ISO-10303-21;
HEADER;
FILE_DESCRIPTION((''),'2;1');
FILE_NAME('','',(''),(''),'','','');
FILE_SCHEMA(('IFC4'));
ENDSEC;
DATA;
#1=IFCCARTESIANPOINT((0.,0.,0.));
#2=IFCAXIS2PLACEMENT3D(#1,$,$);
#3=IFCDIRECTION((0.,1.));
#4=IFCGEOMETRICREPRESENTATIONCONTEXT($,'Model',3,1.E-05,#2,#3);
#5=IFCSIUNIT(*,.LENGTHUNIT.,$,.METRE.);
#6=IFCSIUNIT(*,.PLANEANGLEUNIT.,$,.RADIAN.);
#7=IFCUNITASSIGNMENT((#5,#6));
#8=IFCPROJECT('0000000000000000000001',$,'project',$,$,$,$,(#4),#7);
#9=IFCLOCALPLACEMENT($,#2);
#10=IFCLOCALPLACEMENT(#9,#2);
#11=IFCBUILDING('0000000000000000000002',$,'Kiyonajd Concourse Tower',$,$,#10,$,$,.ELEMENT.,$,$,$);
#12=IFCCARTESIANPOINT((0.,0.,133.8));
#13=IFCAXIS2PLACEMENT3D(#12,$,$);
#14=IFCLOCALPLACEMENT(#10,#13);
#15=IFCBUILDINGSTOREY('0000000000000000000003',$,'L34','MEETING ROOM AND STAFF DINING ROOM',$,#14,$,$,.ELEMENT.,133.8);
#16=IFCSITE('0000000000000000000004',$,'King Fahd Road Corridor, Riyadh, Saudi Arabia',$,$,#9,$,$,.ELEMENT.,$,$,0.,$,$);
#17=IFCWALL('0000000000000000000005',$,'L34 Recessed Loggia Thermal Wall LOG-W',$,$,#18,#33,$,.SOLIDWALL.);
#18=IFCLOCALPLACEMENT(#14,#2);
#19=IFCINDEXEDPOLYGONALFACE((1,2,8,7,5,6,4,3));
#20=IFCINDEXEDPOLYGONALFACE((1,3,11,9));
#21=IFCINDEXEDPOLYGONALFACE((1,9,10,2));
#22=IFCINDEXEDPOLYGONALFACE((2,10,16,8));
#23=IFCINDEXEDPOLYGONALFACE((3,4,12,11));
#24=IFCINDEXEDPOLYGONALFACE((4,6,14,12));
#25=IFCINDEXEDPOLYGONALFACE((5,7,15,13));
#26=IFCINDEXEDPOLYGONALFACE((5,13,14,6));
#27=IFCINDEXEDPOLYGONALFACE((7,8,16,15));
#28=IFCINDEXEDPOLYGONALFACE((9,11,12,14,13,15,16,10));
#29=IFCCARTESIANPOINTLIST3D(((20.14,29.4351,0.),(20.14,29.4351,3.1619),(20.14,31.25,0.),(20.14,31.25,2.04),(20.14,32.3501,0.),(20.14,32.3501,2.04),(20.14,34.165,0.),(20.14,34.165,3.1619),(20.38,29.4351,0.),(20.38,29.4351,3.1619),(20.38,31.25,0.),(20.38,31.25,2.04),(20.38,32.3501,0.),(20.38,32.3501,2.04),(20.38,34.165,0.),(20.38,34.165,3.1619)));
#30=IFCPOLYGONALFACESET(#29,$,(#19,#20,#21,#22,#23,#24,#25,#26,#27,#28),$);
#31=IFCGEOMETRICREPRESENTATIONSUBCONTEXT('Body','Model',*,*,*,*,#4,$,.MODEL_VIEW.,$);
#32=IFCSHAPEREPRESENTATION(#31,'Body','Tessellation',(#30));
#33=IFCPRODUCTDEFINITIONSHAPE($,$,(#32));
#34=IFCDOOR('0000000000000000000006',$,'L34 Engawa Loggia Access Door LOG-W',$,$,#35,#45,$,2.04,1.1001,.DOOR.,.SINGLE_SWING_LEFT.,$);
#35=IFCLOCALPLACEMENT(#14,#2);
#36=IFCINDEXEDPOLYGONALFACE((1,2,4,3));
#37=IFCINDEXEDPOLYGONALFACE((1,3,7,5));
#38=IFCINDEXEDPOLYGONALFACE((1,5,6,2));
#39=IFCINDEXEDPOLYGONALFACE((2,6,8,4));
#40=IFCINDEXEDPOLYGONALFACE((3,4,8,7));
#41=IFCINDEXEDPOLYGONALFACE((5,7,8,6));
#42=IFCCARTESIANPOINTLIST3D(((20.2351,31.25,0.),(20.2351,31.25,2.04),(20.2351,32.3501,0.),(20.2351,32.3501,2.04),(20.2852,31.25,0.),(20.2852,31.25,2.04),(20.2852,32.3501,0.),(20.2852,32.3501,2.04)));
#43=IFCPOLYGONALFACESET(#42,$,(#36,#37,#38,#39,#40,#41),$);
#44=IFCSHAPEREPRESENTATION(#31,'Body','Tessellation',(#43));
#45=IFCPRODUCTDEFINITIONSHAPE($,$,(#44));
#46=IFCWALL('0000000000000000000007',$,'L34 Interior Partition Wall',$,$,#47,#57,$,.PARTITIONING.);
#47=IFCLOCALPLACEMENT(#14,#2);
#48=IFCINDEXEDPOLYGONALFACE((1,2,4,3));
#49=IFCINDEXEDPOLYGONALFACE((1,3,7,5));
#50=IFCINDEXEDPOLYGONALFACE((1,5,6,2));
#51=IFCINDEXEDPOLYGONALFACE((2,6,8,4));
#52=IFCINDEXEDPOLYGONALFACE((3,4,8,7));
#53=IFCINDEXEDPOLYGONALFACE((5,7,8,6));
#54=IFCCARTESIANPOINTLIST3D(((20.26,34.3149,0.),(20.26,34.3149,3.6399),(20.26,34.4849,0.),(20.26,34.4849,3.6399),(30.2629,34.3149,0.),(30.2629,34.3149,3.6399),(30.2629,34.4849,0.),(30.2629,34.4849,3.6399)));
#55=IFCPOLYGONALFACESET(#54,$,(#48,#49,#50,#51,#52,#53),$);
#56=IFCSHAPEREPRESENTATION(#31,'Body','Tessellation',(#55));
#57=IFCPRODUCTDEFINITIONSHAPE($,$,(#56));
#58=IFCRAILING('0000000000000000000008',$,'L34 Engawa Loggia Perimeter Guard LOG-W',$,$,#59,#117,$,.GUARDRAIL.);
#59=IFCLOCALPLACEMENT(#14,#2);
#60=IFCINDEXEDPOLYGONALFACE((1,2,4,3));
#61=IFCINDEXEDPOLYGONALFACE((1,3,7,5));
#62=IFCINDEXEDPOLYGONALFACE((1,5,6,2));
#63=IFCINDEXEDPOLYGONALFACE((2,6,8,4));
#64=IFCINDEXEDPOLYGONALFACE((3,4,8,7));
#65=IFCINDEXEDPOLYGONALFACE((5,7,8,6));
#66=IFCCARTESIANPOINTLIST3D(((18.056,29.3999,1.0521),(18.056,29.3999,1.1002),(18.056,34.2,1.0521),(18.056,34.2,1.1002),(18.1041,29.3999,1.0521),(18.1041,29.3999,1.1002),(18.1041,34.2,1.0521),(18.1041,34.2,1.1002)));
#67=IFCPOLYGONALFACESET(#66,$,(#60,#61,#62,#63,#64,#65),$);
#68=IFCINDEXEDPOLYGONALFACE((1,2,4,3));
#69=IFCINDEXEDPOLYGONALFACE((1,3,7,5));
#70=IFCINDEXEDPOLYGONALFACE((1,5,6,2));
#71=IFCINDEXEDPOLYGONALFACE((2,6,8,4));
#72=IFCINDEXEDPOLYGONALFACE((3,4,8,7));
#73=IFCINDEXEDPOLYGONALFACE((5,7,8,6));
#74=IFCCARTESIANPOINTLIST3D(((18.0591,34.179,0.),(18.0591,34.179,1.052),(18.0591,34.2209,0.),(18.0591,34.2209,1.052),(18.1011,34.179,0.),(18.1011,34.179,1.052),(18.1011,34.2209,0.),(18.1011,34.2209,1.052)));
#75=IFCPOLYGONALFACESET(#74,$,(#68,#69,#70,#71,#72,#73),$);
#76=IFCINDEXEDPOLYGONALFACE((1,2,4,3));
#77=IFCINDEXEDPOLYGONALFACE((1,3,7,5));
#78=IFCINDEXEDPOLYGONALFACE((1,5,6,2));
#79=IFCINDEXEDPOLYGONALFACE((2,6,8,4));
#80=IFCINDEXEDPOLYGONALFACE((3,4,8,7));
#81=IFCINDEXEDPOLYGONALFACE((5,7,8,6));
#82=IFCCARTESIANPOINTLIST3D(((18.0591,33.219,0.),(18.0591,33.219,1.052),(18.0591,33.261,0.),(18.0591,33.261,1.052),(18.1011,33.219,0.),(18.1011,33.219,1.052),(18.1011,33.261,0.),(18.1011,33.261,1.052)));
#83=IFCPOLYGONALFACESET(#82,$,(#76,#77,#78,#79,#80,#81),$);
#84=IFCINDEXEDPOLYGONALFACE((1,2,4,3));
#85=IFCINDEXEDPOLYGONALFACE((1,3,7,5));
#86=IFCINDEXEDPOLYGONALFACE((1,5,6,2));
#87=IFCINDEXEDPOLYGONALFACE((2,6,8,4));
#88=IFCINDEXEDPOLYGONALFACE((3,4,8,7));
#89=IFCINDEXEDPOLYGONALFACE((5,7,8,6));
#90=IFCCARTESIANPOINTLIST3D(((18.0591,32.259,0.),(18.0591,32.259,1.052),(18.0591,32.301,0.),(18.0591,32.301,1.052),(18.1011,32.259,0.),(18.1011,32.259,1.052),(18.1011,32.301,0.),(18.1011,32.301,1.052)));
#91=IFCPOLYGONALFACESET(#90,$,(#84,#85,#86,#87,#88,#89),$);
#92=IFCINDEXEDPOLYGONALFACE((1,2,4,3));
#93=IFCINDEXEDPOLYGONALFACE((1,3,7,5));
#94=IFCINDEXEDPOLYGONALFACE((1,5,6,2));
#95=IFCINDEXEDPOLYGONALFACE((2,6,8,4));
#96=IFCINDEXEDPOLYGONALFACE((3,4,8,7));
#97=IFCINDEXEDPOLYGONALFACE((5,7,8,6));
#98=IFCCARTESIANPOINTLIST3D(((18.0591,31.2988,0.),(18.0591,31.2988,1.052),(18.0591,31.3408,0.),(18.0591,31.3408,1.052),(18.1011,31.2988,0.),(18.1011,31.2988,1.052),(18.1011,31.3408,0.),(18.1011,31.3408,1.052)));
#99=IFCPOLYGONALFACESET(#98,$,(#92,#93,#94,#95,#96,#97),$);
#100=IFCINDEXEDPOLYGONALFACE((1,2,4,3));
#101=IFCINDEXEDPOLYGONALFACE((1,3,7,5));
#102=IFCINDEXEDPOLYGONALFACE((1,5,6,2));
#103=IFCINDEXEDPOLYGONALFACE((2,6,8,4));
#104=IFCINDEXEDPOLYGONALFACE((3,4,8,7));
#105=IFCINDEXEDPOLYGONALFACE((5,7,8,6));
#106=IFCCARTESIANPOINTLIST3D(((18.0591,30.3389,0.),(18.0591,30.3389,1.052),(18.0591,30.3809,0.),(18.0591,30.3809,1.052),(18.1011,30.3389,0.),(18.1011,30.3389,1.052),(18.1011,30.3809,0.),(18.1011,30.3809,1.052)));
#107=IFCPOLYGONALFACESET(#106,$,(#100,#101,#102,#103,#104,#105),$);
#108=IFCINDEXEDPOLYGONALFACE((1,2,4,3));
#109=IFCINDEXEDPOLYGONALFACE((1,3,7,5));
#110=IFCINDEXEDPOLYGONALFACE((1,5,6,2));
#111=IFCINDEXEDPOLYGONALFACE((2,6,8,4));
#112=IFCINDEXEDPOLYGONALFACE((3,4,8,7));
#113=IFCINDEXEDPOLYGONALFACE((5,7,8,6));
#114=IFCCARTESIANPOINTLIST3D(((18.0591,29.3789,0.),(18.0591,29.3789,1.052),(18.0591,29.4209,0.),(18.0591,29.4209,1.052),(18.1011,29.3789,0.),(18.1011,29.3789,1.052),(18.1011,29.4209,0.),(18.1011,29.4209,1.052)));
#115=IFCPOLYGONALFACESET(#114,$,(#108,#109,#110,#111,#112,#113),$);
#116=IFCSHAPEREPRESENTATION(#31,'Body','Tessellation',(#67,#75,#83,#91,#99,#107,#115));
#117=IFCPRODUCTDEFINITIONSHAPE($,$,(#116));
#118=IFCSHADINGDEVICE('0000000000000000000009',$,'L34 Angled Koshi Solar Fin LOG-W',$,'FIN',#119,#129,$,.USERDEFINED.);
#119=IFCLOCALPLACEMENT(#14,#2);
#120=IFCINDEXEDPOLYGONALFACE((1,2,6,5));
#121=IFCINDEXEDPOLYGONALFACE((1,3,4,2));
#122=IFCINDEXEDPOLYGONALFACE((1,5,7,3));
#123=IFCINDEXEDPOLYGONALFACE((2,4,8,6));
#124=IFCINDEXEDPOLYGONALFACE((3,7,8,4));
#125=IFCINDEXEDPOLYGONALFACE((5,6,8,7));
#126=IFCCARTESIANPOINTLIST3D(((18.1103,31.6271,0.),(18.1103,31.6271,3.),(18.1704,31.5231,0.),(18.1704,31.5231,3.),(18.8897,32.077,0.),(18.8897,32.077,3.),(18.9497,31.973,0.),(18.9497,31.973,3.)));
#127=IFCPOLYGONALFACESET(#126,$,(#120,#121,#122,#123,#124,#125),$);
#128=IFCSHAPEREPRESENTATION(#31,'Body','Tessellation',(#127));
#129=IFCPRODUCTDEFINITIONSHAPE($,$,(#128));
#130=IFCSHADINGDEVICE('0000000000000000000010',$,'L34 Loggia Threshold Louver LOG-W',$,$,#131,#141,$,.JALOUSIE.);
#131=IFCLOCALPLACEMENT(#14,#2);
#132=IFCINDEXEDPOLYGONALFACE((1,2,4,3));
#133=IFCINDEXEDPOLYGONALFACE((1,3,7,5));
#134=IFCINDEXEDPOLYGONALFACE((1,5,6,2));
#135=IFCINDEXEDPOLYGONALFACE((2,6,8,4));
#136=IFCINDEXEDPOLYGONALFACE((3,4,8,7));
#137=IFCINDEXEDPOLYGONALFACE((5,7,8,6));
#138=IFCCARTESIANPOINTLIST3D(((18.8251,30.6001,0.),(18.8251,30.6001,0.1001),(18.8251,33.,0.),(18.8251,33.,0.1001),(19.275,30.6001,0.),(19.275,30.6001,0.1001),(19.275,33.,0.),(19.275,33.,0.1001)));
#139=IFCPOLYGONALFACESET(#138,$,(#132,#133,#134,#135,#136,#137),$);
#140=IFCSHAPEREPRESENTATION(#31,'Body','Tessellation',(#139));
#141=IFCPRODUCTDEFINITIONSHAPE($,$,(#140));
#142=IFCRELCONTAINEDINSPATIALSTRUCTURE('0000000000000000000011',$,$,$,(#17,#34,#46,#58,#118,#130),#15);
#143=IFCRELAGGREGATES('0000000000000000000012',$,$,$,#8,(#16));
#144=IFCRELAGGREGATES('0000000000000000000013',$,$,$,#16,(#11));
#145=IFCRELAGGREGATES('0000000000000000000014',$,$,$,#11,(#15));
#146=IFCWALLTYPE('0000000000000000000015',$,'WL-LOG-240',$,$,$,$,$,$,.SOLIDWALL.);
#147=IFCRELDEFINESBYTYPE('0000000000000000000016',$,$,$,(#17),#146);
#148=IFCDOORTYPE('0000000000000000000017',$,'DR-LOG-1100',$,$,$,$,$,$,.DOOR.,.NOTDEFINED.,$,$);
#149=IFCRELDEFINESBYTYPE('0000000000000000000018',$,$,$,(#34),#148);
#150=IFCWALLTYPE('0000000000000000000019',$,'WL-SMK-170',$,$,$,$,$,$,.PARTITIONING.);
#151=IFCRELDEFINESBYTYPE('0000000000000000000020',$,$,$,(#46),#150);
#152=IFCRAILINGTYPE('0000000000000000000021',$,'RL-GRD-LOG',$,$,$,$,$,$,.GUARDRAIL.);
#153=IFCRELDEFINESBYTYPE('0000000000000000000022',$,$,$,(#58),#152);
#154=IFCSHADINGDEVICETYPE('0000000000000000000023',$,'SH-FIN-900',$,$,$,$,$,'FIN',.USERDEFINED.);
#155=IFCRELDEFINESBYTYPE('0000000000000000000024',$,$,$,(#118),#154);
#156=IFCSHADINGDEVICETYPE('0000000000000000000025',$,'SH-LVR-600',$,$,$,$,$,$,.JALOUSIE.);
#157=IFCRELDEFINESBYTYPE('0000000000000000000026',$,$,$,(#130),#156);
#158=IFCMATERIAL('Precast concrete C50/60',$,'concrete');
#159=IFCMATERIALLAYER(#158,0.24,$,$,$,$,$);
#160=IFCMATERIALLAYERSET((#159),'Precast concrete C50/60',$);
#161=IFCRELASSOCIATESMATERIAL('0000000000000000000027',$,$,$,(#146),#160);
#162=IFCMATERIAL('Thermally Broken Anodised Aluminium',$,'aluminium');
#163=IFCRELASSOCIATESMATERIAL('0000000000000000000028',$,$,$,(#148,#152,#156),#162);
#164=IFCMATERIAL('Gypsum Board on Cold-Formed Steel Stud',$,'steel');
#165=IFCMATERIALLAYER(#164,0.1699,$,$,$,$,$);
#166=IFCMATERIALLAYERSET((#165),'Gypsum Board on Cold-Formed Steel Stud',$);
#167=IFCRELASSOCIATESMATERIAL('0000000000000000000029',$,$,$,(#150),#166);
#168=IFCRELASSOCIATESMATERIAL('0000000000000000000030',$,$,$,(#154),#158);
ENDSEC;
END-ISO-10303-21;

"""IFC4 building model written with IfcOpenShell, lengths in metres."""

from ifc_helpers import new_model, si_unit, direction, frame, frame_2d, origin, origin_2d, place, context, subcontext, project, spatial, rectangle, extrude, material, layer, layer_set, type_object, element, fill, save


model = new_model("IFC4")

# Units and contexts
model_context = context("Model", 3, precision=1e-05, world=origin(), true_north=direction((0.0, 1.0)))
body_context = subcontext(model_context, "Body", "Model", "MODEL_VIEW")
ifc_project = project(units=[si_unit("LENGTHUNIT", "METRE"), si_unit("PLANEANGLEUNIT", "RADIAN")], contexts=[model_context])

# Site, building, storey
site_placement = place(None, origin())
site = spatial("IfcSite", under=ifc_project, at=site_placement, Name="King Fahd Road Corridor, Riyadh, Saudi Arabia", CompositionType="ELEMENT", RefElevation=0.0)
building_placement = place(site_placement, origin())
building = spatial("IfcBuilding", under=site, at=building_placement, Name="Kiyonajd Concourse Tower", CompositionType="ELEMENT")
storey_placement = place(building_placement, frame((0.0, 0.0, 133.8)))
storey = spatial("IfcBuildingStorey", under=building, at=storey_placement, Name="L34", Description="MEETING ROOM AND STAFF DINING ROOM", CompositionType="ELEMENT", Elevation=133.8)

# Shared definitions
ifc_material_1 = material(Name="Precast concrete C50/60", Category="concrete")

# Shared definitions
ifc_material_2 = material(Name="Thermally Broken Anodised Aluminium", Category="aluminium")

# Wall, opening, door
ifc_layer_1 = layer(ifc_material_1, 0.24)
ifc_layer_set_1 = layer_set([ifc_layer_1], Name="Precast concrete C50/60")
wall_type_1 = type_object("IfcWallType", Name="WL-LOG-240", PredefinedType="SOLIDWALL", material=ifc_layer_set_1)
wall_1_placement = place(storey_placement, frame((20.26, 29.4351, 0.0), z_axis=(0.0, 0.0, 1.0), x_axis=(0.0, 1.0, 0.0)))
wall_1 = element("IfcWall", 1, at=wall_1_placement, inside=storey, type_object=wall_type_1, Name="L34 Recessed Loggia Thermal Wall LOG-W", PredefinedType="SOLIDWALL", context=body_context, shape_type="SweptSolid", body=[
    extrude(rectangle(XDim=4.73, YDim=0.24, at=frame_2d((2.365, 0.0))), origin(), (0.0, 0.0, 1.0), 3.1619),
])
opening_placement = place(wall_1_placement, frame((1.8149, 0.0, 0.0)))
opening = element("IfcOpeningElement", 2, at=opening_placement, cuts=wall_1, PredefinedType="OPENING", context=body_context, shape_type="SweptSolid", body=[
    extrude(rectangle(XDim=1.1001, YDim=2.04, at=frame_2d((0.55, 1.02))), frame((0.0, 0.1299, 0.0), z_axis=(0.0, -1.0, 0.0), x_axis=(1.0, 0.0, 0.0)), (0.0, 0.0, 1.0), 0.26),
])
door_type = type_object("IfcDoorType", Name="DR-LOG-1100", OperationType="NOTDEFINED", PredefinedType="DOOR", material=ifc_material_2)
door_placement = place(opening_placement, origin())
door = element("IfcDoor", 3, at=door_placement, inside=storey, type_object=door_type, Name="L34 Engawa Loggia Access Door LOG-W", OperationType="SINGLE_SWING_LEFT", OverallHeight=2.04, OverallWidth=1.1001, PredefinedType="DOOR", context=body_context, shape_type="SweptSolid", body=[
    extrude(rectangle(XDim=1.1001, YDim=2.04, at=frame_2d((0.55, 1.02))), frame((0.0, 0.0249, 0.0), z_axis=(0.0, -1.0, 0.0), x_axis=(1.0, 0.0, 0.0)), (0.0, 0.0, 1.0), 0.05),
])
fill(opening, door)

# Wall
ifc_material_3 = material(Name="Gypsum Board on Cold-Formed Steel Stud", Category="steel")
ifc_layer_2 = layer(ifc_material_3, 0.1699)
ifc_layer_set_2 = layer_set([ifc_layer_2], Name="Gypsum Board on Cold-Formed Steel Stud")
wall_type_2 = type_object("IfcWallType", Name="WL-SMK-170", PredefinedType="PARTITIONING", material=ifc_layer_set_2)
wall_2_placement = place(storey_placement, frame((20.26, 34.3999, 0.0), z_axis=(0.0, 0.0, 1.0), x_axis=(1.0, 0.0, 0.0)))
element("IfcWall", 4, at=wall_2_placement, inside=storey, type_object=wall_type_2, Name="L34 Interior Partition Wall", PredefinedType="PARTITIONING", context=body_context, shape_type="SweptSolid", body=[
    extrude(rectangle(XDim=10.0029, YDim=0.1699, at=frame_2d((5.0015, 0.0))), origin(), (0.0, 0.0, 1.0), 3.6399),
])

# Railing
railing_type = type_object("IfcRailingType", Name="RL-GRD-LOG", PredefinedType="GUARDRAIL", material=ifc_material_2)
railing_placement = place(storey_placement, frame((18.0801, 34.2, 0.0)))
element("IfcRailing", 5, at=railing_placement, inside=storey, type_object=railing_type, Name="L34 Engawa Loggia Perimeter Guard LOG-W", PredefinedType="GUARDRAIL", context=body_context, shape_type="SweptSolid", body=[
    extrude(rectangle(XDim=0.0481, YDim=0.0481, at=origin_2d()), frame((0.0, 0.0, 1.0762), z_axis=(0.0, -1.0, 0.0), x_axis=(1.0, 0.0, 0.0)), (0.0, 0.0, 1.0), 4.8),
    extrude(rectangle(XDim=0.042, YDim=0.042, at=origin_2d()), origin(), (0.0, 0.0, 1.0), 1.052),
    extrude(rectangle(XDim=0.042, YDim=0.042, at=origin_2d()), frame((0.0, -0.96, 0.0)), (0.0, 0.0, 1.0), 1.052),
    extrude(rectangle(XDim=0.042, YDim=0.042, at=origin_2d()), frame((0.0, -1.9199, 0.0)), (0.0, 0.0, 1.0), 1.052),
    extrude(rectangle(XDim=0.042, YDim=0.042, at=origin_2d()), frame((0.0, -2.8801, 0.0)), (0.0, 0.0, 1.0), 1.052),
    extrude(rectangle(XDim=0.042, YDim=0.042, at=origin_2d()), frame((0.0, -3.8401, 0.0)), (0.0, 0.0, 1.0), 1.052),
    extrude(rectangle(XDim=0.042, YDim=0.042, at=origin_2d()), frame((0.0, -4.8, 0.0)), (0.0, 0.0, 1.0), 1.052),
])

# Shading devices
shading_device_type_1 = type_object("IfcShadingDeviceType", Name="SH-FIN-900", ElementType="FIN", PredefinedType="USERDEFINED", material=ifc_material_1)
shading_device_1_placement = place(storey_placement, frame((18.53, 31.8, 0.0), z_axis=(0.0, 0.0, 1.0), x_axis=(0.866025, 0.5, 0.0)))
element("IfcShadingDevice", 6, at=shading_device_1_placement, inside=storey, type_object=shading_device_type_1, Name="L34 Angled Koshi Solar Fin LOG-W", ObjectType="FIN", PredefinedType="USERDEFINED", context=body_context, shape_type="SweptSolid", body=[
    extrude(rectangle(XDim=0.8999, YDim=0.1201, at=origin_2d()), origin(), (0.0, 0.0, 1.0), 3.0),
])
shading_device_type_2 = type_object("IfcShadingDeviceType", Name="SH-LVR-600", PredefinedType="JALOUSIE", material=ifc_material_2)
shading_device_2_placement = place(storey_placement, frame((19.05, 31.8, 0.0), z_axis=(0.0, 0.0, 1.0), x_axis=(0.0, 1.0, 0.0)))
element("IfcShadingDevice", 7, at=shading_device_2_placement, inside=storey, type_object=shading_device_type_2, Name="L34 Loggia Threshold Louver LOG-W", PredefinedType="JALOUSIE", context=body_context, shape_type="SweptSolid", body=[
    extrude(rectangle(XDim=2.3999, YDim=0.45, at=origin_2d()), origin(), (0.0, 0.0, 1.0), 0.1001),
])

save(model, "model.ifc")
